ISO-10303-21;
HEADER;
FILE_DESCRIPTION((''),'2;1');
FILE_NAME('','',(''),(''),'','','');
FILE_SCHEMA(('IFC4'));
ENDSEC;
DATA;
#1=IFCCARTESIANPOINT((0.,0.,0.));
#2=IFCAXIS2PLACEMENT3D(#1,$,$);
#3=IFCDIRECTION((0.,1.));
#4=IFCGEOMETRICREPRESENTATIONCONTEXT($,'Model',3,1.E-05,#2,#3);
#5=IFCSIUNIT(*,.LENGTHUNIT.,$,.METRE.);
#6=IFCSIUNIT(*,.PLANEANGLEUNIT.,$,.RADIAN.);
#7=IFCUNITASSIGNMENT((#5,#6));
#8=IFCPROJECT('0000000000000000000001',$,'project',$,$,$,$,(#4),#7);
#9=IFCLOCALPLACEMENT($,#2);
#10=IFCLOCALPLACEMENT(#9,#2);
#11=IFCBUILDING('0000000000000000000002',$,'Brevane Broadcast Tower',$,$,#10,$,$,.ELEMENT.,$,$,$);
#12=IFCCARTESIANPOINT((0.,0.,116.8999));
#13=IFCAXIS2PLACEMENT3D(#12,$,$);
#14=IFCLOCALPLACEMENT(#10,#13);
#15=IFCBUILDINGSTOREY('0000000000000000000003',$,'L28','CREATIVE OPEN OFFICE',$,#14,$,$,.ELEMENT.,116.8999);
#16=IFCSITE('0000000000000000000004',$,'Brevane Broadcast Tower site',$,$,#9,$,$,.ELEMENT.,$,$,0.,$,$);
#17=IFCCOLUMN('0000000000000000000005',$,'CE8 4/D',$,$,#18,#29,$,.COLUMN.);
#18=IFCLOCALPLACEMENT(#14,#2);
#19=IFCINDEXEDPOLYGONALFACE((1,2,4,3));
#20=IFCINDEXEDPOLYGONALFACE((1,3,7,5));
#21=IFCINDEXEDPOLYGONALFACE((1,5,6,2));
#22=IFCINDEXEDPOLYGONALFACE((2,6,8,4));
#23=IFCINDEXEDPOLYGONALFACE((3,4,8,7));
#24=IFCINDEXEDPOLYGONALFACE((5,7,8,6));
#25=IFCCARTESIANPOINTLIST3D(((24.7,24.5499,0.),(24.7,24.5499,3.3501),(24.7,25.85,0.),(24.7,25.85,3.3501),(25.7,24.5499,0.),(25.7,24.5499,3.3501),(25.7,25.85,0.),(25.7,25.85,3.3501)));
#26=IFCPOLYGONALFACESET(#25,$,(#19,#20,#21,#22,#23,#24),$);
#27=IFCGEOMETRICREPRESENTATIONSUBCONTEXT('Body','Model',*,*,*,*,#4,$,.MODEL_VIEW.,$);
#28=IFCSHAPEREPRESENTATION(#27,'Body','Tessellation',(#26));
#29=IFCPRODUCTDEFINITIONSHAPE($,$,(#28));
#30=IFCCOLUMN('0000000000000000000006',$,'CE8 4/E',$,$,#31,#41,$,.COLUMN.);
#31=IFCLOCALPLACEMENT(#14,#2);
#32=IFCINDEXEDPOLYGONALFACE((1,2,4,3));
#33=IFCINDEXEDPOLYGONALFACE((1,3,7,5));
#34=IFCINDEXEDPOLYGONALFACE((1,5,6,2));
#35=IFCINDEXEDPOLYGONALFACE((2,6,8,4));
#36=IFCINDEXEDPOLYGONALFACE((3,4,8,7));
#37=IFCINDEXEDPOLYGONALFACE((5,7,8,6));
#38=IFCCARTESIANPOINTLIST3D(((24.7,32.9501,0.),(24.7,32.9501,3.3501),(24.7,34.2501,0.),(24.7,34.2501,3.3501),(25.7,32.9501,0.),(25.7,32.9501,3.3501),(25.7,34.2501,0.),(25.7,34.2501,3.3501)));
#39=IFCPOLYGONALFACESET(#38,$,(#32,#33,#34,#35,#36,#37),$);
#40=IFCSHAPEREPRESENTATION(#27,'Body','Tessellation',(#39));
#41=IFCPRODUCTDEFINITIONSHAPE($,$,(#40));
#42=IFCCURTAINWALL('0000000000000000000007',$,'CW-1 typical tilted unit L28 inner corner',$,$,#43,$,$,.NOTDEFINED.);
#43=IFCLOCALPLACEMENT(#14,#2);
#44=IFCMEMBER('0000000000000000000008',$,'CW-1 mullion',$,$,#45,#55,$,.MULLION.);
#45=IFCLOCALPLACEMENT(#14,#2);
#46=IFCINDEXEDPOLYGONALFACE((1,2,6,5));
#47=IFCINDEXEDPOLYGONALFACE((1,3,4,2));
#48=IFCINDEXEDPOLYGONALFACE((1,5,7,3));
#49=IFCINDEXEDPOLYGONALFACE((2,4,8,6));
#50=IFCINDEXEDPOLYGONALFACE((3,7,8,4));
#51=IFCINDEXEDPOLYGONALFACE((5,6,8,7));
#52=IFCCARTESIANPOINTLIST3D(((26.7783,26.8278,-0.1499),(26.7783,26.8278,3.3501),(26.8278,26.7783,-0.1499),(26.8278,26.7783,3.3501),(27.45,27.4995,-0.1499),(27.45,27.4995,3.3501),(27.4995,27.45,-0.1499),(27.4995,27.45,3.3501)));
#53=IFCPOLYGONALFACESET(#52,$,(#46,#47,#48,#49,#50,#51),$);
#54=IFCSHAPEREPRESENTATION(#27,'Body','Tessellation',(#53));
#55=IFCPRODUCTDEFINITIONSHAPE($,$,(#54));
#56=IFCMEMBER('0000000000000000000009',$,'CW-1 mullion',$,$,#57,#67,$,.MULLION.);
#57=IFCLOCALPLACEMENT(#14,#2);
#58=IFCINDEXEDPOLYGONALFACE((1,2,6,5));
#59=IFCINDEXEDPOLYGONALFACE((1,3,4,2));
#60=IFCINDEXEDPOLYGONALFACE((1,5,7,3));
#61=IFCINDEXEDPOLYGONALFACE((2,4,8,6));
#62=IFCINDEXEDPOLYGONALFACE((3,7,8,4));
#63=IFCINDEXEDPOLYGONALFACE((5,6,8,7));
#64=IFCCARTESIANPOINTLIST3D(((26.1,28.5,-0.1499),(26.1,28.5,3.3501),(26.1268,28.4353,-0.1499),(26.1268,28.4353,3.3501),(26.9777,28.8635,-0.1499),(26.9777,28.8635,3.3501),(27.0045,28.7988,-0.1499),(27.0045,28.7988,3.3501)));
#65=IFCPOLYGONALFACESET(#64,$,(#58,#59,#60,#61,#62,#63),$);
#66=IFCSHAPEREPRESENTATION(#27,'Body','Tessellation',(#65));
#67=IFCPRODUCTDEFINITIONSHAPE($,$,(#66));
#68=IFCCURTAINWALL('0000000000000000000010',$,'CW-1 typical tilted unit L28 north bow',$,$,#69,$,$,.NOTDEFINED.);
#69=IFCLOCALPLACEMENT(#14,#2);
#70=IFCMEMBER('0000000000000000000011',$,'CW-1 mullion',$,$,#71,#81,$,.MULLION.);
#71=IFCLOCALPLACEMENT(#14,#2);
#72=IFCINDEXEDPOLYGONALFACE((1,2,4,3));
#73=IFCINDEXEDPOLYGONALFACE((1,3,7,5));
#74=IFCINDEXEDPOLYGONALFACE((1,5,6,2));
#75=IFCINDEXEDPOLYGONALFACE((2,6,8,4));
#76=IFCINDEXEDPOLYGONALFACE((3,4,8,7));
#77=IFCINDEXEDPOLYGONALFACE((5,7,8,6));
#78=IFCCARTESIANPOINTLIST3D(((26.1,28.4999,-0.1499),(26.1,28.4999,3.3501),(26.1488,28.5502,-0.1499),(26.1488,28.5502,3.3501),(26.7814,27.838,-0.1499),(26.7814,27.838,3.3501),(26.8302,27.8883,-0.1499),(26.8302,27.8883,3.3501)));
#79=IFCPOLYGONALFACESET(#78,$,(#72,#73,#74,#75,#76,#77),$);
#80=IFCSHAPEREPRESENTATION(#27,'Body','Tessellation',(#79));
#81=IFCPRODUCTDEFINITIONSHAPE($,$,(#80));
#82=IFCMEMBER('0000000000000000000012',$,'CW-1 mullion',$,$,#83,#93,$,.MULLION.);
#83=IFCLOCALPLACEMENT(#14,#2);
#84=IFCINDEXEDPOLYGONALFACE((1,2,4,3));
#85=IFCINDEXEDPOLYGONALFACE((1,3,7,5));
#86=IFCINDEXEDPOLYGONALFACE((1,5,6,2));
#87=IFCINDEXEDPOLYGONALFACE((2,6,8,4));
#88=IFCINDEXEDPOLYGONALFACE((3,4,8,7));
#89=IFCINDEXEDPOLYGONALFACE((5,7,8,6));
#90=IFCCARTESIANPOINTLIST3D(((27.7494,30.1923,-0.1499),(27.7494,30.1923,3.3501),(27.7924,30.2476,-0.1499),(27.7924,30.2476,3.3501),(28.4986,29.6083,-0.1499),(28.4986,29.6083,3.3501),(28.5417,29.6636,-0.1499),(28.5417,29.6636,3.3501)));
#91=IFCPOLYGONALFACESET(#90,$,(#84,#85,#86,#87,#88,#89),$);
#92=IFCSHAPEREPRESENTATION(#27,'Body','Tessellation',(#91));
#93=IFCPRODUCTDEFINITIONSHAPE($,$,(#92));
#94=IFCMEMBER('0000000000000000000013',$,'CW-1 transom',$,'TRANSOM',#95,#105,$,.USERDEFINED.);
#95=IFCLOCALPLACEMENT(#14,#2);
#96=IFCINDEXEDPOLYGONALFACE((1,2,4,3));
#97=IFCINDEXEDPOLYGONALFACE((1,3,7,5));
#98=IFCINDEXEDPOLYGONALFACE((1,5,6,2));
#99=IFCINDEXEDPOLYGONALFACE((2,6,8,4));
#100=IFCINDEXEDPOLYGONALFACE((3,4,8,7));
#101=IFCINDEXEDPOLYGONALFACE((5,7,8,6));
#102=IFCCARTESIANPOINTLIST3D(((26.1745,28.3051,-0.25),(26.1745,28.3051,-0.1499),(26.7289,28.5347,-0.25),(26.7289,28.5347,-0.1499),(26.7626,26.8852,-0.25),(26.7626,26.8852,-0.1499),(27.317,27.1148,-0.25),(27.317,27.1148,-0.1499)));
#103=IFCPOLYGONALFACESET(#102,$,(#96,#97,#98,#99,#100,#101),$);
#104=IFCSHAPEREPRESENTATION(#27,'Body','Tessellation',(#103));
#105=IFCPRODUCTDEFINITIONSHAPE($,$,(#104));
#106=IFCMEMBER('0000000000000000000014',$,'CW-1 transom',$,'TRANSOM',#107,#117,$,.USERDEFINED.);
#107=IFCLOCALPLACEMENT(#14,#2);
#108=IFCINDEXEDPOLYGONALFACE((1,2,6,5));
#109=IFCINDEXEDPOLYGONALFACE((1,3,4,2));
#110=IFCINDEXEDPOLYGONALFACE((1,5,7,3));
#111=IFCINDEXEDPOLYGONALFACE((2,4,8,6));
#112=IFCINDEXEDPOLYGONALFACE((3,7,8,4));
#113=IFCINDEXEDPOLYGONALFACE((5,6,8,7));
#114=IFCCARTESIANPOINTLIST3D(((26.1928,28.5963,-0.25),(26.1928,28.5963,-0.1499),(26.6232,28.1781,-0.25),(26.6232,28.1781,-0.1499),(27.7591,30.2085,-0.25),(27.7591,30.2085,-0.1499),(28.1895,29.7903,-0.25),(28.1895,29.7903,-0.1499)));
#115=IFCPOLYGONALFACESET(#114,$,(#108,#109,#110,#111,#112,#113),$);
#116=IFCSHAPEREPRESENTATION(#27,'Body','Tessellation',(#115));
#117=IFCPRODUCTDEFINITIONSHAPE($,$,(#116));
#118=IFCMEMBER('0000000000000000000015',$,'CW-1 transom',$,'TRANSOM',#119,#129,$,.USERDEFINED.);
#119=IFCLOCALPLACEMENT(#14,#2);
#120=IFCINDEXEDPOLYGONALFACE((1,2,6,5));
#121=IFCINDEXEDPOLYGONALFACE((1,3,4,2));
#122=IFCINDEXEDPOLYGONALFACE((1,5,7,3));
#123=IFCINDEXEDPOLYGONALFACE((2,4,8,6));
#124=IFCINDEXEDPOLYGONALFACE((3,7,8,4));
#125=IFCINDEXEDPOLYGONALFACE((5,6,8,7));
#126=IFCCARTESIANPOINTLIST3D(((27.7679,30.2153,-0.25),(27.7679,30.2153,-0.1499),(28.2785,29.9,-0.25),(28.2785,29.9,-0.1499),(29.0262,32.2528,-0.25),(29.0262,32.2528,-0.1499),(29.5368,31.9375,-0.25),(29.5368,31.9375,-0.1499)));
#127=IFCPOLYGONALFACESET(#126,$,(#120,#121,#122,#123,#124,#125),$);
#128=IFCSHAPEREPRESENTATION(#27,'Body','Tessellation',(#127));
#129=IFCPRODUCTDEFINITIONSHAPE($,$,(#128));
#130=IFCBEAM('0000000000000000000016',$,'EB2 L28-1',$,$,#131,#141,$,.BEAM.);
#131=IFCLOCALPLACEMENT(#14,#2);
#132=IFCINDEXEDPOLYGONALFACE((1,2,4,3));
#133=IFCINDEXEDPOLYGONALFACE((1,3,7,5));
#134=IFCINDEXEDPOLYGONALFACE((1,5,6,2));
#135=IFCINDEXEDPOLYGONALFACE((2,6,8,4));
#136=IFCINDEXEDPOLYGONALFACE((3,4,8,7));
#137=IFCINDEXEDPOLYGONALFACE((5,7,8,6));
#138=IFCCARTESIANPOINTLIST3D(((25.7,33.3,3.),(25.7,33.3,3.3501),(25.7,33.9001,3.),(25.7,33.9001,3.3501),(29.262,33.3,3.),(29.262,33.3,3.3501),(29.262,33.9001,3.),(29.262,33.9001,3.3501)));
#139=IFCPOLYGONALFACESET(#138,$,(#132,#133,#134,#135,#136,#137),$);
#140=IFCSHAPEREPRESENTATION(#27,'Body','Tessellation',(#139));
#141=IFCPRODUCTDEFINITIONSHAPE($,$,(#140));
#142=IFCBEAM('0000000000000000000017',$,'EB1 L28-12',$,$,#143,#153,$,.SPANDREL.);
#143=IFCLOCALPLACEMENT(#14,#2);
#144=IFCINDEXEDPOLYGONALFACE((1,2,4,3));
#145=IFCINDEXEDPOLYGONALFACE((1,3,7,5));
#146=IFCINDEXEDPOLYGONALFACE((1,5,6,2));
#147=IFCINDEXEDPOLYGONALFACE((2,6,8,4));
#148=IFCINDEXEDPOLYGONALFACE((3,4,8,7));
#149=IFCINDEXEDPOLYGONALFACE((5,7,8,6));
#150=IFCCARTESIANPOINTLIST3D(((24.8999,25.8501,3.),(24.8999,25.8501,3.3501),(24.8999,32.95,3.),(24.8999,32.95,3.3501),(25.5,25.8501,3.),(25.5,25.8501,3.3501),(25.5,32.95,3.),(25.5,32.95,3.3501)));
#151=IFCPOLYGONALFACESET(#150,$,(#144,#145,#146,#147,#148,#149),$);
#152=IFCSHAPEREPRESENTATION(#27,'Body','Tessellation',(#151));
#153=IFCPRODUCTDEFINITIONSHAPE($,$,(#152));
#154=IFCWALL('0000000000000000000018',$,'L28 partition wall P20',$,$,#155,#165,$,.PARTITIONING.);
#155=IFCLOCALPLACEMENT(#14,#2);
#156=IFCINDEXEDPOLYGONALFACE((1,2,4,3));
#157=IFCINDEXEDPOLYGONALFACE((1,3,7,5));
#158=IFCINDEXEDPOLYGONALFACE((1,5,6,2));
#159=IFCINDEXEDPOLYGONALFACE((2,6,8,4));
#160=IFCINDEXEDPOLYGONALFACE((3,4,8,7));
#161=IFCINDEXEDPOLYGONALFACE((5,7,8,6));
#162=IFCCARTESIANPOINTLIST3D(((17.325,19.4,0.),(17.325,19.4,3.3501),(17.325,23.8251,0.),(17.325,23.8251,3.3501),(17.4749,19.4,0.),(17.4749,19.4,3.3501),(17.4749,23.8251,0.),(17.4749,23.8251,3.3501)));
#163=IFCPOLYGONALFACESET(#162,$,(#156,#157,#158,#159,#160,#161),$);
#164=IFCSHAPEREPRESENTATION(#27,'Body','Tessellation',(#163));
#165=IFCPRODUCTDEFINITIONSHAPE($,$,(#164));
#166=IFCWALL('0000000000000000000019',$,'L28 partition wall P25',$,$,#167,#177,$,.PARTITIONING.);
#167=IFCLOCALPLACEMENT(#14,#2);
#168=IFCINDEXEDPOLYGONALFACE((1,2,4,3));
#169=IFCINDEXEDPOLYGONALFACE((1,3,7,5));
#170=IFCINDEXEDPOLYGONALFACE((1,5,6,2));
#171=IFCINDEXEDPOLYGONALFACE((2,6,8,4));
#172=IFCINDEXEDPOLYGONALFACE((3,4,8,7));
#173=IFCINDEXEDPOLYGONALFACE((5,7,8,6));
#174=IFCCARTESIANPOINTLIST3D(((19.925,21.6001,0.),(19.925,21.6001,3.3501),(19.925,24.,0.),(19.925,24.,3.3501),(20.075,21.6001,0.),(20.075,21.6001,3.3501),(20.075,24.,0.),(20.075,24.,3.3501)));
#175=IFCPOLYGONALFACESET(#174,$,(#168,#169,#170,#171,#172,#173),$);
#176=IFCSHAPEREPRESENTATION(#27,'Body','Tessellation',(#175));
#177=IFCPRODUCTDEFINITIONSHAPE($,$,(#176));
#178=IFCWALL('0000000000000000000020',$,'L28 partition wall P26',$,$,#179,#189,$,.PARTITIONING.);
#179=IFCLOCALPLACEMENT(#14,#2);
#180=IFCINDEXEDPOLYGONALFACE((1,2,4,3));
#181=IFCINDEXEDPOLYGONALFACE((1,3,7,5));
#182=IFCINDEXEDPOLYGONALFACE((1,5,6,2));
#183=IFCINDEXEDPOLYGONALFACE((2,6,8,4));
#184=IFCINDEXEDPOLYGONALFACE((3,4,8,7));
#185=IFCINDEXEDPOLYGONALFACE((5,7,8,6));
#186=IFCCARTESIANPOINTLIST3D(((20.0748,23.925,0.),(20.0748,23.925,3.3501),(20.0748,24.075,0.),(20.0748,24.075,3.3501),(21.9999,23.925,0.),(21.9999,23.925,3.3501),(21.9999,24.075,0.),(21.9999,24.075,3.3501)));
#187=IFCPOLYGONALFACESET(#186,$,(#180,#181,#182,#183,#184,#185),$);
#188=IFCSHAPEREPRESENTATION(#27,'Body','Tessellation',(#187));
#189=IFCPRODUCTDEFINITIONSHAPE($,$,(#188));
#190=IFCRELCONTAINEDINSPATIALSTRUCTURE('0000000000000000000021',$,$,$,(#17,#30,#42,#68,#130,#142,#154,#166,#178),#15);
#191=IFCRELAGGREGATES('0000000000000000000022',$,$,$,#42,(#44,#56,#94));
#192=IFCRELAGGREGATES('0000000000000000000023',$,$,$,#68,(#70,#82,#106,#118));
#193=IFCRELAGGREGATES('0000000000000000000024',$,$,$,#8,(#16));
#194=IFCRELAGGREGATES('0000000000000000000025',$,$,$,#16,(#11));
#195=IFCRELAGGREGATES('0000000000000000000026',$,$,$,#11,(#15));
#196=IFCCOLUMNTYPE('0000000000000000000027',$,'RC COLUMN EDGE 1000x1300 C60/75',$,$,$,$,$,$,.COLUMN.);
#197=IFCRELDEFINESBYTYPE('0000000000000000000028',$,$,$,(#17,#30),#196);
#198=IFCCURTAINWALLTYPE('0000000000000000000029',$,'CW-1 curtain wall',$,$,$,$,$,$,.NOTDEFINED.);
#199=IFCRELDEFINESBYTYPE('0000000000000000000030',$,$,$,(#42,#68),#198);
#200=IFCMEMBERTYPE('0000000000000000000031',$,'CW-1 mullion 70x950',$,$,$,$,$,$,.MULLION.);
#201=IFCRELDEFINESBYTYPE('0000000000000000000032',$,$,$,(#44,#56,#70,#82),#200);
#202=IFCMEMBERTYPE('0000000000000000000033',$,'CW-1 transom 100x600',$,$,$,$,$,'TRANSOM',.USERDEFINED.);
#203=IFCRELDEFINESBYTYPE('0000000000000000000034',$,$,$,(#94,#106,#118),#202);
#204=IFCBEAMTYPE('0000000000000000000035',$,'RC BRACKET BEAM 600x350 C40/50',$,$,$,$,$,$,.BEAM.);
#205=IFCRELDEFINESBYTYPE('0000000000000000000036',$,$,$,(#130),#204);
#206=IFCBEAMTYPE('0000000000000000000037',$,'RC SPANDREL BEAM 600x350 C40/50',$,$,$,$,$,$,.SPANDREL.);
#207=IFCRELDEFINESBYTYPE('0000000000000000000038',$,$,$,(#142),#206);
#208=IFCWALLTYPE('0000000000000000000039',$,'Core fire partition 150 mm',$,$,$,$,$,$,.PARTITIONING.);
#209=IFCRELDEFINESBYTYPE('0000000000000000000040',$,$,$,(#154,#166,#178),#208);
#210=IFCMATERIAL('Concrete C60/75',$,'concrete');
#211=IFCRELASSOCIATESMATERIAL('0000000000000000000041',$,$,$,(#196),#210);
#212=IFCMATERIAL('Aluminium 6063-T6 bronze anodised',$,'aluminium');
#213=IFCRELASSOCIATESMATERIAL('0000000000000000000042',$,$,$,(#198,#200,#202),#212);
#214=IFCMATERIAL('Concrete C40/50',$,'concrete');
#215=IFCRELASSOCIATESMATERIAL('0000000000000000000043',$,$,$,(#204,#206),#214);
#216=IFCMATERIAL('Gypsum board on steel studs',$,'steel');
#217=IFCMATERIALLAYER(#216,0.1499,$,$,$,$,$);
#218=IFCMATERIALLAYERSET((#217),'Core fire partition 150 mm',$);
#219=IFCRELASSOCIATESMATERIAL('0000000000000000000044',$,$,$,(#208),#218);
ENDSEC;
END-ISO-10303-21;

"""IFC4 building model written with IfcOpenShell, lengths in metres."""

from ifc_helpers import new_model, si_unit, direction, frame, frame_2d, origin, origin_2d, place, context, subcontext, project, spatial, rectangle, extrude, material, layer, layer_set, material_profile, profile_set, type_object, element, aggregate, save


model = new_model("IFC4")

# Units and contexts
model_context = context("Model", 3, precision=1e-05, world=origin(), true_north=direction((0.0, 1.0)))
body_context = subcontext(model_context, "Body", "Model", "MODEL_VIEW")
ifc_project = project(units=[si_unit("LENGTHUNIT", "METRE"), si_unit("PLANEANGLEUNIT", "RADIAN")], contexts=[model_context])

# Site, building, storey
site_placement = place(None, origin())
site = spatial("IfcSite", under=ifc_project, at=site_placement, Name="Brevane Broadcast Tower site", CompositionType="ELEMENT", RefElevation=0.0)
building_placement = place(site_placement, origin())
building = spatial("IfcBuilding", under=site, at=building_placement, Name="Brevane Broadcast Tower", CompositionType="ELEMENT")
storey_placement = place(building_placement, frame((0.0, 0.0, 116.8999)))
storey = spatial("IfcBuildingStorey", under=building, at=storey_placement, Name="L28", Description="CREATIVE OPEN OFFICE", CompositionType="ELEMENT", Elevation=116.8999)

# Columns
ifc_material_1 = material(Name="Concrete C60/75", Category="concrete")
ifc_material_profile_1 = material_profile(ifc_material_1, rectangle(XDim=1.0, YDim=1.3, at=origin_2d()), Name="RC 1000x1300")
ifc_profile_set_1 = profile_set([ifc_material_profile_1], Name="Concrete C60/75")
column_type = type_object("IfcColumnType", Name="RC COLUMN EDGE 1000x1300 C60/75", PredefinedType="COLUMN", material=ifc_profile_set_1)
for number, where, z_axis, x_axis, name in (
    (1, (25.2, 25.2, 0.0), (0.0, 0.0, 1.0), (1.0, 0.0, 0.0), "CE8 4/D"),
    (2, (25.2, 33.6001, 0.0), (0.0, 0.0, 1.0), (1.0, 0.0, 0.0), "CE8 4/E"),
):
    element("IfcColumn", number, at=place(storey_placement, frame(where, z_axis=z_axis, x_axis=x_axis)), inside=storey, type_object=column_type, Name=name, PredefinedType="COLUMN", context=body_context, shape_type="SweptSolid", body=[
        extrude(rectangle(XDim=1.0, YDim=1.3, at=origin_2d()), origin(), (0.0, 0.0, 1.0), 3.3501),
    ])

# Curtain walls, members
ifc_material_2 = material(Name="Aluminium 6063-T6 bronze anodised", Category="aluminium")
curtain_wall_type = type_object("IfcCurtainWallType", Name="CW-1 curtain wall", PredefinedType="NOTDEFINED", material=ifc_material_2)
curtain_wall_1_placement = place(storey_placement, origin())
curtain_wall_1 = element("IfcCurtainWall", 3, at=curtain_wall_1_placement, inside=storey, type_object=curtain_wall_type, Name="CW-1 typical tilted unit L28 inner corner", PredefinedType="NOTDEFINED")
ifc_material_profile_2 = material_profile(ifc_material_2, rectangle(XDim=0.95, YDim=0.0701, at=origin_2d()), Name="RECT 70x950")
ifc_profile_set_2 = profile_set([ifc_material_profile_2], Name="Aluminium 6063-T6 bronze anodised")
member_type_1 = type_object("IfcMemberType", Name="CW-1 mullion 70x950", PredefinedType="MULLION", material=ifc_profile_set_2)
member_1_placement = place(storey_placement, frame((27.1389, 27.1389, -0.1499), z_axis=(0.0, 0.0, 1.0), x_axis=(-0.707107, -0.707107, 0.0)))
member_1 = element("IfcMember", 4, at=member_1_placement, type_object=member_type_1, Name="CW-1 mullion", PredefinedType="MULLION", context=body_context, shape_type="SweptSolid", body=[
    extrude(rectangle(XDim=0.95, YDim=0.0701, at=origin_2d()), origin(), (0.0, 0.0, 1.0), 3.5),
])
member_2_placement = place(storey_placement, frame((26.5522, 28.6494, -0.1499), z_axis=(0.0, 0.0, 1.0), x_axis=(-0.923879, -0.382684, 0.0)))
member_2 = element("IfcMember", 5, at=member_2_placement, type_object=member_type_1, Name="CW-1 mullion", PredefinedType="MULLION", context=body_context, shape_type="SweptSolid", body=[
    extrude(rectangle(XDim=0.95, YDim=0.0701, at=origin_2d()), origin(), (0.0, 0.0, 1.0), 3.5),
])
curtain_wall_2_placement = place(storey_placement, origin())
curtain_wall_2 = element("IfcCurtainWall", 6, at=curtain_wall_2_placement, inside=storey, type_object=curtain_wall_type, Name="CW-1 typical tilted unit L28 north bow", PredefinedType="NOTDEFINED")
member_3_placement = place(storey_placement, frame((26.4651, 28.1941, -0.1499), z_axis=(0.0, 0.0, 1.0), x_axis=(-0.717254, 0.696812, 0.0)))
member_3 = element("IfcMember", 7, at=member_3_placement, type_object=member_type_1, Name="CW-1 mullion", PredefinedType="MULLION", context=body_context, shape_type="SweptSolid", body=[
    extrude(rectangle(XDim=0.95, YDim=0.0701, at=origin_2d()), origin(), (0.0, 0.0, 1.0), 3.5),
])
member_4_placement = place(storey_placement, frame((28.1455, 29.928, -0.1499), z_axis=(0.0, 0.0, 1.0), x_axis=(-0.788707, 0.61477, 0.0)))
member_4 = element("IfcMember", 8, at=member_4_placement, type_object=member_type_1, Name="CW-1 mullion", PredefinedType="MULLION", context=body_context, shape_type="SweptSolid", body=[
    extrude(rectangle(XDim=0.95, YDim=0.0701, at=origin_2d()), origin(), (0.0, 0.0, 1.0), 3.5),
])

# Members
ifc_material_profile_3 = material_profile(ifc_material_2, rectangle(XDim=0.6001, YDim=0.1001, at=origin_2d()), Name="RECT 100x600")
ifc_profile_set_3 = profile_set([ifc_material_profile_3], Name="Aluminium 6063-T6 bronze anodised")
member_type_2 = type_object("IfcMemberType", Name="CW-1 transom 100x600", ElementType="TRANSOM", PredefinedType="USERDEFINED", material=ifc_profile_set_3)
member_5_placement = place(storey_placement, frame((27.0398, 27.0, -0.2), z_axis=(-0.382674, 0.923883, 0.0), x_axis=(-0.923883, -0.382674, 0.0)))
member_5 = element("IfcMember", 9, at=member_5_placement, type_object=member_type_2, Name="CW-1 transom", ObjectType="TRANSOM", PredefinedType="USERDEFINED", context=body_context, shape_type="SweptSolid", body=[
    extrude(rectangle(XDim=0.6001, YDim=0.1001, at=origin_2d()), origin(), (0.0, 0.0, 1.0), 1.5369),
])
aggregate(curtain_wall_1, [member_1, member_2, member_5])
member_6_placement = place(storey_placement, frame((26.408, 28.3872, -0.2), z_axis=(0.696824, 0.717242, 0.0), x_axis=(-0.717242, 0.696824, 0.0)))
member_6 = element("IfcMember", 10, at=member_6_placement, type_object=member_type_2, Name="CW-1 transom", ObjectType="TRANSOM", PredefinedType="USERDEFINED", context=body_context, shape_type="SweptSolid", body=[
    extrude(rectangle(XDim=0.6001, YDim=0.1001, at=origin_2d()), origin(), (0.0, 0.0, 1.0), 2.2478),
])
member_7_placement = place(storey_placement, frame((28.0232, 30.0576, -0.2), z_axis=(0.525428, 0.850838, 0.0), x_axis=(-0.850838, 0.525428, 0.0)))
member_7 = element("IfcMember", 11, at=member_7_placement, type_object=member_type_2, Name="CW-1 transom", ObjectType="TRANSOM", PredefinedType="USERDEFINED", context=body_context, shape_type="SweptSolid", body=[
    extrude(rectangle(XDim=0.6001, YDim=0.1001, at=origin_2d()), origin(), (0.0, 0.0, 1.0), 2.3948),
])
aggregate(curtain_wall_2, [member_3, member_4, member_6, member_7])

# Beams
ifc_material_3 = material(Name="Concrete C40/50", Category="concrete")
ifc_material_profile_4 = material_profile(ifc_material_3, rectangle(XDim=0.6001, YDim=0.3501, at=origin_2d()), Name="RC 600x350")
ifc_profile_set_4 = profile_set([ifc_material_profile_4], Name="Concrete C40/50")
beam_type_1 = type_object("IfcBeamType", Name="RC BRACKET BEAM 600x350 C40/50", PredefinedType="BEAM", material=ifc_profile_set_4)
beam_1_placement = place(storey_placement, frame((25.7, 33.6001, 3.175), z_axis=(1.0, 0.0, 0.0), x_axis=(0.0, 1.0, 0.0)))
element("IfcBeam", 12, at=beam_1_placement, inside=storey, type_object=beam_type_1, Name="EB2 L28-1", PredefinedType="BEAM", context=body_context, shape_type="SweptSolid", body=[
    extrude(rectangle(XDim=0.6001, YDim=0.3501, at=origin_2d()), origin(), (0.0, 0.0, 1.0), 3.562),
])
ifc_material_profile_5 = material_profile(ifc_material_3, rectangle(XDim=0.6001, YDim=0.3501, at=origin_2d()), Name="RC 600x350")
ifc_profile_set_5 = profile_set([ifc_material_profile_5], Name="Concrete C40/50")
beam_type_2 = type_object("IfcBeamType", Name="RC SPANDREL BEAM 600x350 C40/50", PredefinedType="SPANDREL", material=ifc_profile_set_5)
beam_2_placement = place(storey_placement, frame((25.2, 25.8501, 3.175), z_axis=(0.0, 1.0, 0.0), x_axis=(-1.0, 0.0, 0.0)))
element("IfcBeam", 13, at=beam_2_placement, inside=storey, type_object=beam_type_2, Name="EB1 L28-12", PredefinedType="SPANDREL", context=body_context, shape_type="SweptSolid", body=[
    extrude(rectangle(XDim=0.6001, YDim=0.3501, at=origin_2d()), origin(), (0.0, 0.0, 1.0), 7.0999),
])

# Walls
ifc_material_4 = material(Name="Gypsum board on steel studs", Category="steel")
ifc_layer_1 = layer(ifc_material_4, 0.1499)
ifc_layer_set_1 = layer_set([ifc_layer_1], Name="Core fire partition 150 mm")
wall_type_1 = type_object("IfcWallType", Name="Core fire partition 150 mm", PredefinedType="PARTITIONING", material=ifc_layer_set_1)
wall_1_placement = place(storey_placement, frame((17.3999, 23.825, 0.0), z_axis=(0.0, 0.0, 1.0), x_axis=(0.0, -1.0, 0.0)))
element("IfcWall", 14, at=wall_1_placement, inside=storey, type_object=wall_type_1, Name="L28 partition wall P20", PredefinedType="PARTITIONING", context=body_context, shape_type="SweptSolid", body=[
    extrude(rectangle(XDim=4.425, YDim=0.1499, at=frame_2d((2.2124, 0.0))), origin(), (0.0, 0.0, 1.0), 3.3501),
])
wall_2_placement = place(storey_placement, frame((20.0, 21.6001, 0.0), z_axis=(0.0, 0.0, 1.0), x_axis=(0.0, 1.0, 0.0)))
element("IfcWall", 15, at=wall_2_placement, inside=storey, type_object=wall_type_1, Name="L28 partition wall P25", PredefinedType="PARTITIONING", context=body_context, shape_type="SweptSolid", body=[
    extrude(rectangle(XDim=2.3999, YDim=0.1499, at=frame_2d((1.2, 0.0))), origin(), (0.0, 0.0, 1.0), 3.3501),
])
wall_3_placement = place(storey_placement, frame((20.075, 24.0, 0.0), z_axis=(0.0, 0.0, 1.0), x_axis=(1.0, 0.0, 0.0)))
element("IfcWall", 16, at=wall_3_placement, inside=storey, type_object=wall_type_1, Name="L28 partition wall P26", PredefinedType="PARTITIONING", context=body_context, shape_type="SweptSolid", body=[
    extrude(rectangle(XDim=1.925, YDim=0.1499, at=frame_2d((0.9624, 0.0))), origin(), (0.0, 0.0, 1.0), 3.3501),
])

save(model, "model.ifc")
